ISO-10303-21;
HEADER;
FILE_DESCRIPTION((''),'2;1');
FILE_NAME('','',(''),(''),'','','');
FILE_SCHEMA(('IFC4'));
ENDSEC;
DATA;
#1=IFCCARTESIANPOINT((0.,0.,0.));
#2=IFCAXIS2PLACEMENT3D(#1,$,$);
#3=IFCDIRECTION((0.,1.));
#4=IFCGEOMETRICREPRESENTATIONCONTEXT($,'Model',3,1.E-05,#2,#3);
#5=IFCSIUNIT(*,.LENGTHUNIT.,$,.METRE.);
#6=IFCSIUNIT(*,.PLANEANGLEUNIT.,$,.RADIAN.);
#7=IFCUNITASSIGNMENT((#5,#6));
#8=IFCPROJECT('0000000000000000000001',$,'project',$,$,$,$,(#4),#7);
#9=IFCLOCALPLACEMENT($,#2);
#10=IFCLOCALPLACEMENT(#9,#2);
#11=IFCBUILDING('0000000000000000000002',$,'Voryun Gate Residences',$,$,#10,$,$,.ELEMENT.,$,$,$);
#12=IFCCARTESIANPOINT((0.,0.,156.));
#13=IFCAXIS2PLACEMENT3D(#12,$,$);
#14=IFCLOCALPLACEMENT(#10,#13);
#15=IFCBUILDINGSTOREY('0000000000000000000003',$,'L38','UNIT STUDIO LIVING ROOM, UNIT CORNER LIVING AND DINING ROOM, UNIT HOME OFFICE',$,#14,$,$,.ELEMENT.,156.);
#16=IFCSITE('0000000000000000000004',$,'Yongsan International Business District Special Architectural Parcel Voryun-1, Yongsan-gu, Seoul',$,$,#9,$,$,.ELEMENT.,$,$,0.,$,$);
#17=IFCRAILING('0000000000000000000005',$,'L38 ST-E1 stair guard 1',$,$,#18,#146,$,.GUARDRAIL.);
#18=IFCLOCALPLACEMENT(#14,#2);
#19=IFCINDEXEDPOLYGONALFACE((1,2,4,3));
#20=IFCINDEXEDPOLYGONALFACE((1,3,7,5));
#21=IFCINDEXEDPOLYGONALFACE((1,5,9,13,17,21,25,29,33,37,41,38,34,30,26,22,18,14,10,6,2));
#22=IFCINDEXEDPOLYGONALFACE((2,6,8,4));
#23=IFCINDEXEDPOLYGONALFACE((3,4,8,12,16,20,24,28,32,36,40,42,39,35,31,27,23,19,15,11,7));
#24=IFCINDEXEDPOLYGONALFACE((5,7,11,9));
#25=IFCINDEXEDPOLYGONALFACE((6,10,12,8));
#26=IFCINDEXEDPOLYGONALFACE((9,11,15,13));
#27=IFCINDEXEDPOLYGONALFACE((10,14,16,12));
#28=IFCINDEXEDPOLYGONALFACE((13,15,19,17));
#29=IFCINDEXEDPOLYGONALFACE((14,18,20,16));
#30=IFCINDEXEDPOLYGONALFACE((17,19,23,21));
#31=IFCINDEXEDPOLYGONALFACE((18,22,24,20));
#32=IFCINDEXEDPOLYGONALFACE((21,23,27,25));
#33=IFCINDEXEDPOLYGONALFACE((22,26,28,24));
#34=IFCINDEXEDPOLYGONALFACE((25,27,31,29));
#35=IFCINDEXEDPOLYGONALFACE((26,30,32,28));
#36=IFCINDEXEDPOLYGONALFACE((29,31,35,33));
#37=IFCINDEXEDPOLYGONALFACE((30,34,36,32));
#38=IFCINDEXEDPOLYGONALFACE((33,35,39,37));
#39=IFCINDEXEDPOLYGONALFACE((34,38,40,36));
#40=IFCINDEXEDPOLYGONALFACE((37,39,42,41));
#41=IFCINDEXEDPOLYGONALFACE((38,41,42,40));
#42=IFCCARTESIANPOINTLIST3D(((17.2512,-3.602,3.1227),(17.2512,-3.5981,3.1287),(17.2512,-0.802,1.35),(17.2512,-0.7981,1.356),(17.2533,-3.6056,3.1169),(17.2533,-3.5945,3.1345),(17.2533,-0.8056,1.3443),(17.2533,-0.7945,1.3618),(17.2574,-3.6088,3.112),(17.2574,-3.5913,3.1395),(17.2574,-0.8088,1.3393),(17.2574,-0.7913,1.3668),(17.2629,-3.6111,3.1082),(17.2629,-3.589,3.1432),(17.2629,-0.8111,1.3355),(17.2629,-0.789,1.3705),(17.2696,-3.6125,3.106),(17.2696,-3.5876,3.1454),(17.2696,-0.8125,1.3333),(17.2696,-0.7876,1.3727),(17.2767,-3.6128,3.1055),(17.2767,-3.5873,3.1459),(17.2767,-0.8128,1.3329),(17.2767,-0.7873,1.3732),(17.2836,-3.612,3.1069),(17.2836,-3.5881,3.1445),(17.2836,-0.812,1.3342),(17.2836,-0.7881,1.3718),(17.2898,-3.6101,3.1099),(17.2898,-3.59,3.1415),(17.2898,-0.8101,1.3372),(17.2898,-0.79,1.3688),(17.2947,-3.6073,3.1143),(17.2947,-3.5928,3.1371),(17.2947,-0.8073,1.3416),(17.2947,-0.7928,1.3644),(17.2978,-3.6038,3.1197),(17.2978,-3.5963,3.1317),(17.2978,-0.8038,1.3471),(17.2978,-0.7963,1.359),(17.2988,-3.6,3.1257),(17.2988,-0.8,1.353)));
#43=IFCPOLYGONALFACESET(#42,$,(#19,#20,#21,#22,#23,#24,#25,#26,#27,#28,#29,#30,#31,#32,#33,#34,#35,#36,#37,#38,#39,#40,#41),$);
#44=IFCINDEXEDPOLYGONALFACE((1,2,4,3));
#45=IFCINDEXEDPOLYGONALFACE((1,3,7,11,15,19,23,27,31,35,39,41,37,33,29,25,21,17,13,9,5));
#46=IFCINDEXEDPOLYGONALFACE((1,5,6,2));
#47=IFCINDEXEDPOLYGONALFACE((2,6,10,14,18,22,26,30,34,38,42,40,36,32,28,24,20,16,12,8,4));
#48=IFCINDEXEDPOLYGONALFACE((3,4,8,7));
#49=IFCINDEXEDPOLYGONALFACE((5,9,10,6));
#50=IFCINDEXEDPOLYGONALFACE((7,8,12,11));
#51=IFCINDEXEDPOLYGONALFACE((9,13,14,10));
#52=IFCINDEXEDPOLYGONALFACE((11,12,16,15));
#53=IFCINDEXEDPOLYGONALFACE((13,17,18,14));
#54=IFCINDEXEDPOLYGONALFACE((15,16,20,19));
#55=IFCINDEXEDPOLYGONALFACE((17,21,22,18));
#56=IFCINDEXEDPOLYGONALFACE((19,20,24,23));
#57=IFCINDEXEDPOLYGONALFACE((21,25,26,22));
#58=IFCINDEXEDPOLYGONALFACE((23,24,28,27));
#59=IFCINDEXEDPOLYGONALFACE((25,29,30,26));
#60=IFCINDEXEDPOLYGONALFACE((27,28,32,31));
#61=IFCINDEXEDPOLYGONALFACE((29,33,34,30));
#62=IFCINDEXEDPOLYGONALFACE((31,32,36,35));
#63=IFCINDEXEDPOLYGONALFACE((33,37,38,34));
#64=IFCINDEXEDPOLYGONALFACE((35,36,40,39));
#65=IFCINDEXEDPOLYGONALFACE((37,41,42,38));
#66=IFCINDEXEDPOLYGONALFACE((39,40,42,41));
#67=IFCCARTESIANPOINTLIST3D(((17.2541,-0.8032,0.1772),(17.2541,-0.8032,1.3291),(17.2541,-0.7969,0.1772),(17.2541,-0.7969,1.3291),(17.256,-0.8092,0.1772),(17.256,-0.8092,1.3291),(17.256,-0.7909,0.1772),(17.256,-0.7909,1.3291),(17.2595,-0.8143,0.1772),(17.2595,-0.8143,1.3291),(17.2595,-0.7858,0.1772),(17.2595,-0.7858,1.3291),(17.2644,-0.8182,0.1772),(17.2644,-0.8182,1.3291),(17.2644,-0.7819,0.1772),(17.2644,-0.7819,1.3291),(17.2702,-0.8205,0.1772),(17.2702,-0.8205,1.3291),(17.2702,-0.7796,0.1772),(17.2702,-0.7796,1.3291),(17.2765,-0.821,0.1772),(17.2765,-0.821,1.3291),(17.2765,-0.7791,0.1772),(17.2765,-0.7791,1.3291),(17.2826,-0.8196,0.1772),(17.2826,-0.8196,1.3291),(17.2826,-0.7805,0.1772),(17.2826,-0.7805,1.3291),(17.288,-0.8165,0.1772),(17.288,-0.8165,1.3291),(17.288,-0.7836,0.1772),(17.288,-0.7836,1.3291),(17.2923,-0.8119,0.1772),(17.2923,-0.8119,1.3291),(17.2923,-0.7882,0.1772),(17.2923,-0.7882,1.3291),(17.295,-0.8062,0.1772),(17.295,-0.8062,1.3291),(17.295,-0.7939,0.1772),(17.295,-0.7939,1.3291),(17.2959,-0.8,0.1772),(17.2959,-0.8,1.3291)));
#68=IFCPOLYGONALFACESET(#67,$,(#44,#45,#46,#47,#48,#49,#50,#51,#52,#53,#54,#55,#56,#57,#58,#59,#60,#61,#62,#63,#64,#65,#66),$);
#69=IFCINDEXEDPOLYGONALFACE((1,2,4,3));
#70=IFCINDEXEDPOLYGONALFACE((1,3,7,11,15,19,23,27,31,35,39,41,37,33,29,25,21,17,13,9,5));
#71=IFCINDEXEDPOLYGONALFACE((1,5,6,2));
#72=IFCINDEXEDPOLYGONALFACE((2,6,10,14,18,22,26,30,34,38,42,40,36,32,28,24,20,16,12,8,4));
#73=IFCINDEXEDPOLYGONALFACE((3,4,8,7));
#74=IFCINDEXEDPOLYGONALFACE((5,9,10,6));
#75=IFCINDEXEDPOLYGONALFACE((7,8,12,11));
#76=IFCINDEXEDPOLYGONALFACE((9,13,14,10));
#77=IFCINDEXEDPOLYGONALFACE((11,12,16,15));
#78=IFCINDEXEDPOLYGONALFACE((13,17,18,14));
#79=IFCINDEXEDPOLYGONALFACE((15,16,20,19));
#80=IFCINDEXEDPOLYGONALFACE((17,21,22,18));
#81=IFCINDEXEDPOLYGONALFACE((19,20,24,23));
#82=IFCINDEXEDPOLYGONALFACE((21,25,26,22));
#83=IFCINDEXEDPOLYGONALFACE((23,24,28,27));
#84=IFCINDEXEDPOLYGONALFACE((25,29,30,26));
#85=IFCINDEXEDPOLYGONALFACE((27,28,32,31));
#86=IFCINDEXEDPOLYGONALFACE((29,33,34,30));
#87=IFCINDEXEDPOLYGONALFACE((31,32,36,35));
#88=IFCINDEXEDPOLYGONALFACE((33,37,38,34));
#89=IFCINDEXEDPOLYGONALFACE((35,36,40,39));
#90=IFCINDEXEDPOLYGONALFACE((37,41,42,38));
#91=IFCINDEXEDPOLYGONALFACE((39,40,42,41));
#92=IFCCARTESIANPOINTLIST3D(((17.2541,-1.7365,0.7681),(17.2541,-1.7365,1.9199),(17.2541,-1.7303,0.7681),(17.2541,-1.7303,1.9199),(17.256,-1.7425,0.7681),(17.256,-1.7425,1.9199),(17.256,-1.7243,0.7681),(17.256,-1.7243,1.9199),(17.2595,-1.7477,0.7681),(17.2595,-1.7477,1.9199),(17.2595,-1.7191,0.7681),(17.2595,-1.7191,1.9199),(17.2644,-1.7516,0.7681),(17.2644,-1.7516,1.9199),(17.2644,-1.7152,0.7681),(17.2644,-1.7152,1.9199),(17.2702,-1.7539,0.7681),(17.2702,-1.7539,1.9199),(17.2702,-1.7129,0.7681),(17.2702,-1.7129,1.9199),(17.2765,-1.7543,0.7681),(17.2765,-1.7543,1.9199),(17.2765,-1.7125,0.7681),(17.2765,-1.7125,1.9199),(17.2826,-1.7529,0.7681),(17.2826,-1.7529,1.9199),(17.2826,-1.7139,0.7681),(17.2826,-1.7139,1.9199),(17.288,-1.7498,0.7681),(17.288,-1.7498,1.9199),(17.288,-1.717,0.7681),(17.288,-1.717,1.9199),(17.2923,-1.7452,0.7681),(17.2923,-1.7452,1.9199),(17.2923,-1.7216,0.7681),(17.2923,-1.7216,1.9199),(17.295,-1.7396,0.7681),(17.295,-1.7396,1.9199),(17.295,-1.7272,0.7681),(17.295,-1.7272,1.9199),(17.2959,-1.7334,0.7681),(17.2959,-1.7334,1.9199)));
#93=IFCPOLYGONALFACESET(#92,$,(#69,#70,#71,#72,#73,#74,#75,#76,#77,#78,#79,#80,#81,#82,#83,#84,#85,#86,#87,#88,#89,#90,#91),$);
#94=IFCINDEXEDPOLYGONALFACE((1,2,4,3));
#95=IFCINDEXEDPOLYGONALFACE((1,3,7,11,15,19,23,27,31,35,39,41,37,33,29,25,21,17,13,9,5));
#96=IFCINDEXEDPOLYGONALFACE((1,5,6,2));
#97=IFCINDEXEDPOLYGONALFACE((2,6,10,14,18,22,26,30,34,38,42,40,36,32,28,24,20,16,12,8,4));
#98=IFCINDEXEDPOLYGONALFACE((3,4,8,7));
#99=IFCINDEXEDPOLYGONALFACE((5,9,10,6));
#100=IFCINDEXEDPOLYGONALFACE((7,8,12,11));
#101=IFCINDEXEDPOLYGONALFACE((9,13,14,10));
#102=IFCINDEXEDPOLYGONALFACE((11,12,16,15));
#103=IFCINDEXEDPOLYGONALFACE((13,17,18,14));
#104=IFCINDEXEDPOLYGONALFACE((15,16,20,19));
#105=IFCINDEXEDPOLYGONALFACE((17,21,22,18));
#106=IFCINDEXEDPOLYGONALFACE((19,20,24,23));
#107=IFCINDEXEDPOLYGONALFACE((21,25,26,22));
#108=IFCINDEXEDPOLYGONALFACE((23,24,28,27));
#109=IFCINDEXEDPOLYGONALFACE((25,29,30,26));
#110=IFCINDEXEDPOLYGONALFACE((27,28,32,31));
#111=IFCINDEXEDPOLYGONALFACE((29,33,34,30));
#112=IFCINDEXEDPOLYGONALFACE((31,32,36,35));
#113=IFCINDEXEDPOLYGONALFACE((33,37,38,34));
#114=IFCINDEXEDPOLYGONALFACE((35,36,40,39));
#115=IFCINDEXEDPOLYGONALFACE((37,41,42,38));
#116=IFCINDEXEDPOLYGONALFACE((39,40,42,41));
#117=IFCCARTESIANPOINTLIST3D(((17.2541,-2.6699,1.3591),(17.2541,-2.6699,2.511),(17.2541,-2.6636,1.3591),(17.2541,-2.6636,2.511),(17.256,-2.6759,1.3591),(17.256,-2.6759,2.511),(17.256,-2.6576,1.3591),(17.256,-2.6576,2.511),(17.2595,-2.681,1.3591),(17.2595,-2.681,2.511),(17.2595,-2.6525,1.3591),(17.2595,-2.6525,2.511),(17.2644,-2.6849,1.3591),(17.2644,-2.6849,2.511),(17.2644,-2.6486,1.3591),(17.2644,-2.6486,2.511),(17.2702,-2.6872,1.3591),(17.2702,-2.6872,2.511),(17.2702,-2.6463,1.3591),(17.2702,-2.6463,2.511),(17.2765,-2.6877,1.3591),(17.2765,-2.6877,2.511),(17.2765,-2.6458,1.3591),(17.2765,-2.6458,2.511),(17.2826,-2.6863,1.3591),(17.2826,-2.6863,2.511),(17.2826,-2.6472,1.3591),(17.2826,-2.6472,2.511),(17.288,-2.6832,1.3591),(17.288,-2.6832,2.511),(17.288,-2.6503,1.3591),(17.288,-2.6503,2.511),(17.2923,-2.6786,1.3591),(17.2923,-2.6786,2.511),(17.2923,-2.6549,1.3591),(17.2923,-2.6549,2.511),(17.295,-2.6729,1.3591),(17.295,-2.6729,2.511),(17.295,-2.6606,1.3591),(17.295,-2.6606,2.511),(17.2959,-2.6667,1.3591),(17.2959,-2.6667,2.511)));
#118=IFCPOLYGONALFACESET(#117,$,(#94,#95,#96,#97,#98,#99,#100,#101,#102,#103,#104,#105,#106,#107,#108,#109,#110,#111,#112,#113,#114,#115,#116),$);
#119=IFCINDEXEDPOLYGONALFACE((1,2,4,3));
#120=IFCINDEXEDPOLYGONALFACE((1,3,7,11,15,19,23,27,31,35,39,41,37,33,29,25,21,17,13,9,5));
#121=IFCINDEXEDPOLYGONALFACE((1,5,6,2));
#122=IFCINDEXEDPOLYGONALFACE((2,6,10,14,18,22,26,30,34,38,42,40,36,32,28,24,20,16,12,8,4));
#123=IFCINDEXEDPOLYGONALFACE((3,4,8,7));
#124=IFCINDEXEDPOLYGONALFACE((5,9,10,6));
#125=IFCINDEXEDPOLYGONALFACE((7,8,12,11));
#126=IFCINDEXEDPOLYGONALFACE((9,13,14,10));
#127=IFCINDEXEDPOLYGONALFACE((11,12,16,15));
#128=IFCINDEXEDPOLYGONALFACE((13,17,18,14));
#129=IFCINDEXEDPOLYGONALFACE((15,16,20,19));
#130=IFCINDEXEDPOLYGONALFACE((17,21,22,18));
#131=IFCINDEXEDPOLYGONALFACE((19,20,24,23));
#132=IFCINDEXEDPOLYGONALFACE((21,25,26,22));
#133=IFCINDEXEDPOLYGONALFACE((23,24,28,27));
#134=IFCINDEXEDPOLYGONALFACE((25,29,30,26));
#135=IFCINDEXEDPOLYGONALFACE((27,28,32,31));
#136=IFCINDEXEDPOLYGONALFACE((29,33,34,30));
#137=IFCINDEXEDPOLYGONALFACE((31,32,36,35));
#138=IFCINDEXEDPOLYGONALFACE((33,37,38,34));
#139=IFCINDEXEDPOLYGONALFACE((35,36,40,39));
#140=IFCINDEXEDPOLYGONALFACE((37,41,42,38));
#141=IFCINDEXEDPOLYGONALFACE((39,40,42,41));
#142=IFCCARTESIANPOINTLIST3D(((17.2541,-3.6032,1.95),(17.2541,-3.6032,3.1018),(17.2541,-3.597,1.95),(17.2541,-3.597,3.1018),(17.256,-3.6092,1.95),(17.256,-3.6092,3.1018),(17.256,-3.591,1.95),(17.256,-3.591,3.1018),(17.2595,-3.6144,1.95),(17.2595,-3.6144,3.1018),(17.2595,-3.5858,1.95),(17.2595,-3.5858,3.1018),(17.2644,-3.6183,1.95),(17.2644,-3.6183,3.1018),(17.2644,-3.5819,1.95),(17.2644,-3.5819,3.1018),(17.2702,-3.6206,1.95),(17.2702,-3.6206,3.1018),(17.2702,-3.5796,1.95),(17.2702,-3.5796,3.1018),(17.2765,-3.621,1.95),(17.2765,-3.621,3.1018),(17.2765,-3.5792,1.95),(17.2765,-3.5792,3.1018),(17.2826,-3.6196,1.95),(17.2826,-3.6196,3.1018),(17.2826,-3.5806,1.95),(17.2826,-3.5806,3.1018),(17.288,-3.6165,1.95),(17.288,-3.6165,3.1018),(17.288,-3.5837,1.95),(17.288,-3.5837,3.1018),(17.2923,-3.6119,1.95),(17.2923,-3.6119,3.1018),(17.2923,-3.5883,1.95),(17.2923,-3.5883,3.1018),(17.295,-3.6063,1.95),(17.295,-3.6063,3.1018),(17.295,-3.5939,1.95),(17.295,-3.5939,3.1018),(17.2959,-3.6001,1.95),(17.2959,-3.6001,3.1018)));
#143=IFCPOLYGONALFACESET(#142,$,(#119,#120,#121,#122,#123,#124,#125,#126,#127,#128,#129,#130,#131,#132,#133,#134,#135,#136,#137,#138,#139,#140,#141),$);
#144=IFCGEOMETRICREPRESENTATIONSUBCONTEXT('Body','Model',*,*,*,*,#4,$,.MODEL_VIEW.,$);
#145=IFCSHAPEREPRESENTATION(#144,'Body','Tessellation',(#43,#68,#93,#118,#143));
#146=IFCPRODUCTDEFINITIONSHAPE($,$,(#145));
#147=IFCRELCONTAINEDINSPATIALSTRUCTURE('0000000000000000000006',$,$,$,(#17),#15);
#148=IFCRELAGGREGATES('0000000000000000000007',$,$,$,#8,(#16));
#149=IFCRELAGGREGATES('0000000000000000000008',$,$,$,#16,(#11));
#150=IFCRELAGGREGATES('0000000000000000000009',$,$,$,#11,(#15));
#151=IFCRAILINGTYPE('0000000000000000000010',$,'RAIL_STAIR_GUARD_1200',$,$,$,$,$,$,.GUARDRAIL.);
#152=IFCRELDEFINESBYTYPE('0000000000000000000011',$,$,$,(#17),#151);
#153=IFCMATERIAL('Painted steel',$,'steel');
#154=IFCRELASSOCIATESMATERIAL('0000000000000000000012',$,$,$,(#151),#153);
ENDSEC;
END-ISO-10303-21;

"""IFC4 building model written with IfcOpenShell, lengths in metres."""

from ifc_helpers import new_model, si_unit, direction, frame, origin, origin_2d, place, context, subcontext, project, spatial, circle, extrude, material, type_object, element, save


model = new_model("IFC4")

# Units and contexts
model_context = context("Model", 3, precision=1e-05, world=origin(), true_north=direction((0.0, 1.0)))
body_context = subcontext(model_context, "Body", "Model", "MODEL_VIEW")
ifc_project = project(units=[si_unit("LENGTHUNIT", "METRE"), si_unit("PLANEANGLEUNIT", "RADIAN")], contexts=[model_context])

# Site, building, storey
site_placement = place(None, origin())
site = spatial("IfcSite", under=ifc_project, at=site_placement, Name="Yongsan International Business District Special Architectural Parcel Voryun-1, Yongsan-gu, Seoul", CompositionType="ELEMENT", RefElevation=0.0)
building_placement = place(site_placement, origin())
building = spatial("IfcBuilding", under=site, at=building_placement, Name="Voryun Gate Residences", CompositionType="ELEMENT")
storey_placement = place(building_placement, frame((0.0, 0.0, 156.0)))
storey = spatial("IfcBuildingStorey", under=building, at=storey_placement, Name="L38", Description="UNIT STUDIO LIVING ROOM, UNIT CORNER LIVING AND DINING ROOM, UNIT HOME OFFICE", CompositionType="ELEMENT", Elevation=156.0)

# Railing
ifc_material_1 = material(Name="Painted steel", Category="steel")
railing_type_1 = type_object("IfcRailingType", Name="RAIL_STAIR_GUARD_1200", PredefinedType="GUARDRAIL", material=ifc_material_1)
railing_1_placement = place(storey_placement, frame((17.2749, -0.8, 0.1772)))
element("IfcRailing", 1, at=railing_1_placement, inside=storey, type_object=railing_type_1, Name="L38 ST-E1 stair guard 1", PredefinedType="GUARDRAIL", context=body_context, shape_type="SweptSolid", body=[
    extrude(circle(Radius=0.0239, at=origin_2d()), frame((0.0, 0.0, 1.1758), z_axis=(0.0, -0.844909, 0.53491), x_axis=(1.0, 0.0, 0.0)), (0.0, 0.0, 1.0), 3.314),
    extrude(circle(Radius=0.021, at=origin_2d()), origin(), (0.0, 0.0, 1.0), 1.1519),
    extrude(circle(Radius=0.021, at=origin_2d()), frame((0.0, -0.9333, 0.5908)), (0.0, 0.0, 1.0), 1.1519),
    extrude(circle(Radius=0.021, at=origin_2d()), frame((0.0, -1.8667, 1.1819)), (0.0, 0.0, 1.0), 1.1519),
    extrude(circle(Radius=0.021, at=origin_2d()), frame((0.0, -2.8, 1.7727)), (0.0, 0.0, 1.0), 1.1519),
])

save(model, "model.ifc")
